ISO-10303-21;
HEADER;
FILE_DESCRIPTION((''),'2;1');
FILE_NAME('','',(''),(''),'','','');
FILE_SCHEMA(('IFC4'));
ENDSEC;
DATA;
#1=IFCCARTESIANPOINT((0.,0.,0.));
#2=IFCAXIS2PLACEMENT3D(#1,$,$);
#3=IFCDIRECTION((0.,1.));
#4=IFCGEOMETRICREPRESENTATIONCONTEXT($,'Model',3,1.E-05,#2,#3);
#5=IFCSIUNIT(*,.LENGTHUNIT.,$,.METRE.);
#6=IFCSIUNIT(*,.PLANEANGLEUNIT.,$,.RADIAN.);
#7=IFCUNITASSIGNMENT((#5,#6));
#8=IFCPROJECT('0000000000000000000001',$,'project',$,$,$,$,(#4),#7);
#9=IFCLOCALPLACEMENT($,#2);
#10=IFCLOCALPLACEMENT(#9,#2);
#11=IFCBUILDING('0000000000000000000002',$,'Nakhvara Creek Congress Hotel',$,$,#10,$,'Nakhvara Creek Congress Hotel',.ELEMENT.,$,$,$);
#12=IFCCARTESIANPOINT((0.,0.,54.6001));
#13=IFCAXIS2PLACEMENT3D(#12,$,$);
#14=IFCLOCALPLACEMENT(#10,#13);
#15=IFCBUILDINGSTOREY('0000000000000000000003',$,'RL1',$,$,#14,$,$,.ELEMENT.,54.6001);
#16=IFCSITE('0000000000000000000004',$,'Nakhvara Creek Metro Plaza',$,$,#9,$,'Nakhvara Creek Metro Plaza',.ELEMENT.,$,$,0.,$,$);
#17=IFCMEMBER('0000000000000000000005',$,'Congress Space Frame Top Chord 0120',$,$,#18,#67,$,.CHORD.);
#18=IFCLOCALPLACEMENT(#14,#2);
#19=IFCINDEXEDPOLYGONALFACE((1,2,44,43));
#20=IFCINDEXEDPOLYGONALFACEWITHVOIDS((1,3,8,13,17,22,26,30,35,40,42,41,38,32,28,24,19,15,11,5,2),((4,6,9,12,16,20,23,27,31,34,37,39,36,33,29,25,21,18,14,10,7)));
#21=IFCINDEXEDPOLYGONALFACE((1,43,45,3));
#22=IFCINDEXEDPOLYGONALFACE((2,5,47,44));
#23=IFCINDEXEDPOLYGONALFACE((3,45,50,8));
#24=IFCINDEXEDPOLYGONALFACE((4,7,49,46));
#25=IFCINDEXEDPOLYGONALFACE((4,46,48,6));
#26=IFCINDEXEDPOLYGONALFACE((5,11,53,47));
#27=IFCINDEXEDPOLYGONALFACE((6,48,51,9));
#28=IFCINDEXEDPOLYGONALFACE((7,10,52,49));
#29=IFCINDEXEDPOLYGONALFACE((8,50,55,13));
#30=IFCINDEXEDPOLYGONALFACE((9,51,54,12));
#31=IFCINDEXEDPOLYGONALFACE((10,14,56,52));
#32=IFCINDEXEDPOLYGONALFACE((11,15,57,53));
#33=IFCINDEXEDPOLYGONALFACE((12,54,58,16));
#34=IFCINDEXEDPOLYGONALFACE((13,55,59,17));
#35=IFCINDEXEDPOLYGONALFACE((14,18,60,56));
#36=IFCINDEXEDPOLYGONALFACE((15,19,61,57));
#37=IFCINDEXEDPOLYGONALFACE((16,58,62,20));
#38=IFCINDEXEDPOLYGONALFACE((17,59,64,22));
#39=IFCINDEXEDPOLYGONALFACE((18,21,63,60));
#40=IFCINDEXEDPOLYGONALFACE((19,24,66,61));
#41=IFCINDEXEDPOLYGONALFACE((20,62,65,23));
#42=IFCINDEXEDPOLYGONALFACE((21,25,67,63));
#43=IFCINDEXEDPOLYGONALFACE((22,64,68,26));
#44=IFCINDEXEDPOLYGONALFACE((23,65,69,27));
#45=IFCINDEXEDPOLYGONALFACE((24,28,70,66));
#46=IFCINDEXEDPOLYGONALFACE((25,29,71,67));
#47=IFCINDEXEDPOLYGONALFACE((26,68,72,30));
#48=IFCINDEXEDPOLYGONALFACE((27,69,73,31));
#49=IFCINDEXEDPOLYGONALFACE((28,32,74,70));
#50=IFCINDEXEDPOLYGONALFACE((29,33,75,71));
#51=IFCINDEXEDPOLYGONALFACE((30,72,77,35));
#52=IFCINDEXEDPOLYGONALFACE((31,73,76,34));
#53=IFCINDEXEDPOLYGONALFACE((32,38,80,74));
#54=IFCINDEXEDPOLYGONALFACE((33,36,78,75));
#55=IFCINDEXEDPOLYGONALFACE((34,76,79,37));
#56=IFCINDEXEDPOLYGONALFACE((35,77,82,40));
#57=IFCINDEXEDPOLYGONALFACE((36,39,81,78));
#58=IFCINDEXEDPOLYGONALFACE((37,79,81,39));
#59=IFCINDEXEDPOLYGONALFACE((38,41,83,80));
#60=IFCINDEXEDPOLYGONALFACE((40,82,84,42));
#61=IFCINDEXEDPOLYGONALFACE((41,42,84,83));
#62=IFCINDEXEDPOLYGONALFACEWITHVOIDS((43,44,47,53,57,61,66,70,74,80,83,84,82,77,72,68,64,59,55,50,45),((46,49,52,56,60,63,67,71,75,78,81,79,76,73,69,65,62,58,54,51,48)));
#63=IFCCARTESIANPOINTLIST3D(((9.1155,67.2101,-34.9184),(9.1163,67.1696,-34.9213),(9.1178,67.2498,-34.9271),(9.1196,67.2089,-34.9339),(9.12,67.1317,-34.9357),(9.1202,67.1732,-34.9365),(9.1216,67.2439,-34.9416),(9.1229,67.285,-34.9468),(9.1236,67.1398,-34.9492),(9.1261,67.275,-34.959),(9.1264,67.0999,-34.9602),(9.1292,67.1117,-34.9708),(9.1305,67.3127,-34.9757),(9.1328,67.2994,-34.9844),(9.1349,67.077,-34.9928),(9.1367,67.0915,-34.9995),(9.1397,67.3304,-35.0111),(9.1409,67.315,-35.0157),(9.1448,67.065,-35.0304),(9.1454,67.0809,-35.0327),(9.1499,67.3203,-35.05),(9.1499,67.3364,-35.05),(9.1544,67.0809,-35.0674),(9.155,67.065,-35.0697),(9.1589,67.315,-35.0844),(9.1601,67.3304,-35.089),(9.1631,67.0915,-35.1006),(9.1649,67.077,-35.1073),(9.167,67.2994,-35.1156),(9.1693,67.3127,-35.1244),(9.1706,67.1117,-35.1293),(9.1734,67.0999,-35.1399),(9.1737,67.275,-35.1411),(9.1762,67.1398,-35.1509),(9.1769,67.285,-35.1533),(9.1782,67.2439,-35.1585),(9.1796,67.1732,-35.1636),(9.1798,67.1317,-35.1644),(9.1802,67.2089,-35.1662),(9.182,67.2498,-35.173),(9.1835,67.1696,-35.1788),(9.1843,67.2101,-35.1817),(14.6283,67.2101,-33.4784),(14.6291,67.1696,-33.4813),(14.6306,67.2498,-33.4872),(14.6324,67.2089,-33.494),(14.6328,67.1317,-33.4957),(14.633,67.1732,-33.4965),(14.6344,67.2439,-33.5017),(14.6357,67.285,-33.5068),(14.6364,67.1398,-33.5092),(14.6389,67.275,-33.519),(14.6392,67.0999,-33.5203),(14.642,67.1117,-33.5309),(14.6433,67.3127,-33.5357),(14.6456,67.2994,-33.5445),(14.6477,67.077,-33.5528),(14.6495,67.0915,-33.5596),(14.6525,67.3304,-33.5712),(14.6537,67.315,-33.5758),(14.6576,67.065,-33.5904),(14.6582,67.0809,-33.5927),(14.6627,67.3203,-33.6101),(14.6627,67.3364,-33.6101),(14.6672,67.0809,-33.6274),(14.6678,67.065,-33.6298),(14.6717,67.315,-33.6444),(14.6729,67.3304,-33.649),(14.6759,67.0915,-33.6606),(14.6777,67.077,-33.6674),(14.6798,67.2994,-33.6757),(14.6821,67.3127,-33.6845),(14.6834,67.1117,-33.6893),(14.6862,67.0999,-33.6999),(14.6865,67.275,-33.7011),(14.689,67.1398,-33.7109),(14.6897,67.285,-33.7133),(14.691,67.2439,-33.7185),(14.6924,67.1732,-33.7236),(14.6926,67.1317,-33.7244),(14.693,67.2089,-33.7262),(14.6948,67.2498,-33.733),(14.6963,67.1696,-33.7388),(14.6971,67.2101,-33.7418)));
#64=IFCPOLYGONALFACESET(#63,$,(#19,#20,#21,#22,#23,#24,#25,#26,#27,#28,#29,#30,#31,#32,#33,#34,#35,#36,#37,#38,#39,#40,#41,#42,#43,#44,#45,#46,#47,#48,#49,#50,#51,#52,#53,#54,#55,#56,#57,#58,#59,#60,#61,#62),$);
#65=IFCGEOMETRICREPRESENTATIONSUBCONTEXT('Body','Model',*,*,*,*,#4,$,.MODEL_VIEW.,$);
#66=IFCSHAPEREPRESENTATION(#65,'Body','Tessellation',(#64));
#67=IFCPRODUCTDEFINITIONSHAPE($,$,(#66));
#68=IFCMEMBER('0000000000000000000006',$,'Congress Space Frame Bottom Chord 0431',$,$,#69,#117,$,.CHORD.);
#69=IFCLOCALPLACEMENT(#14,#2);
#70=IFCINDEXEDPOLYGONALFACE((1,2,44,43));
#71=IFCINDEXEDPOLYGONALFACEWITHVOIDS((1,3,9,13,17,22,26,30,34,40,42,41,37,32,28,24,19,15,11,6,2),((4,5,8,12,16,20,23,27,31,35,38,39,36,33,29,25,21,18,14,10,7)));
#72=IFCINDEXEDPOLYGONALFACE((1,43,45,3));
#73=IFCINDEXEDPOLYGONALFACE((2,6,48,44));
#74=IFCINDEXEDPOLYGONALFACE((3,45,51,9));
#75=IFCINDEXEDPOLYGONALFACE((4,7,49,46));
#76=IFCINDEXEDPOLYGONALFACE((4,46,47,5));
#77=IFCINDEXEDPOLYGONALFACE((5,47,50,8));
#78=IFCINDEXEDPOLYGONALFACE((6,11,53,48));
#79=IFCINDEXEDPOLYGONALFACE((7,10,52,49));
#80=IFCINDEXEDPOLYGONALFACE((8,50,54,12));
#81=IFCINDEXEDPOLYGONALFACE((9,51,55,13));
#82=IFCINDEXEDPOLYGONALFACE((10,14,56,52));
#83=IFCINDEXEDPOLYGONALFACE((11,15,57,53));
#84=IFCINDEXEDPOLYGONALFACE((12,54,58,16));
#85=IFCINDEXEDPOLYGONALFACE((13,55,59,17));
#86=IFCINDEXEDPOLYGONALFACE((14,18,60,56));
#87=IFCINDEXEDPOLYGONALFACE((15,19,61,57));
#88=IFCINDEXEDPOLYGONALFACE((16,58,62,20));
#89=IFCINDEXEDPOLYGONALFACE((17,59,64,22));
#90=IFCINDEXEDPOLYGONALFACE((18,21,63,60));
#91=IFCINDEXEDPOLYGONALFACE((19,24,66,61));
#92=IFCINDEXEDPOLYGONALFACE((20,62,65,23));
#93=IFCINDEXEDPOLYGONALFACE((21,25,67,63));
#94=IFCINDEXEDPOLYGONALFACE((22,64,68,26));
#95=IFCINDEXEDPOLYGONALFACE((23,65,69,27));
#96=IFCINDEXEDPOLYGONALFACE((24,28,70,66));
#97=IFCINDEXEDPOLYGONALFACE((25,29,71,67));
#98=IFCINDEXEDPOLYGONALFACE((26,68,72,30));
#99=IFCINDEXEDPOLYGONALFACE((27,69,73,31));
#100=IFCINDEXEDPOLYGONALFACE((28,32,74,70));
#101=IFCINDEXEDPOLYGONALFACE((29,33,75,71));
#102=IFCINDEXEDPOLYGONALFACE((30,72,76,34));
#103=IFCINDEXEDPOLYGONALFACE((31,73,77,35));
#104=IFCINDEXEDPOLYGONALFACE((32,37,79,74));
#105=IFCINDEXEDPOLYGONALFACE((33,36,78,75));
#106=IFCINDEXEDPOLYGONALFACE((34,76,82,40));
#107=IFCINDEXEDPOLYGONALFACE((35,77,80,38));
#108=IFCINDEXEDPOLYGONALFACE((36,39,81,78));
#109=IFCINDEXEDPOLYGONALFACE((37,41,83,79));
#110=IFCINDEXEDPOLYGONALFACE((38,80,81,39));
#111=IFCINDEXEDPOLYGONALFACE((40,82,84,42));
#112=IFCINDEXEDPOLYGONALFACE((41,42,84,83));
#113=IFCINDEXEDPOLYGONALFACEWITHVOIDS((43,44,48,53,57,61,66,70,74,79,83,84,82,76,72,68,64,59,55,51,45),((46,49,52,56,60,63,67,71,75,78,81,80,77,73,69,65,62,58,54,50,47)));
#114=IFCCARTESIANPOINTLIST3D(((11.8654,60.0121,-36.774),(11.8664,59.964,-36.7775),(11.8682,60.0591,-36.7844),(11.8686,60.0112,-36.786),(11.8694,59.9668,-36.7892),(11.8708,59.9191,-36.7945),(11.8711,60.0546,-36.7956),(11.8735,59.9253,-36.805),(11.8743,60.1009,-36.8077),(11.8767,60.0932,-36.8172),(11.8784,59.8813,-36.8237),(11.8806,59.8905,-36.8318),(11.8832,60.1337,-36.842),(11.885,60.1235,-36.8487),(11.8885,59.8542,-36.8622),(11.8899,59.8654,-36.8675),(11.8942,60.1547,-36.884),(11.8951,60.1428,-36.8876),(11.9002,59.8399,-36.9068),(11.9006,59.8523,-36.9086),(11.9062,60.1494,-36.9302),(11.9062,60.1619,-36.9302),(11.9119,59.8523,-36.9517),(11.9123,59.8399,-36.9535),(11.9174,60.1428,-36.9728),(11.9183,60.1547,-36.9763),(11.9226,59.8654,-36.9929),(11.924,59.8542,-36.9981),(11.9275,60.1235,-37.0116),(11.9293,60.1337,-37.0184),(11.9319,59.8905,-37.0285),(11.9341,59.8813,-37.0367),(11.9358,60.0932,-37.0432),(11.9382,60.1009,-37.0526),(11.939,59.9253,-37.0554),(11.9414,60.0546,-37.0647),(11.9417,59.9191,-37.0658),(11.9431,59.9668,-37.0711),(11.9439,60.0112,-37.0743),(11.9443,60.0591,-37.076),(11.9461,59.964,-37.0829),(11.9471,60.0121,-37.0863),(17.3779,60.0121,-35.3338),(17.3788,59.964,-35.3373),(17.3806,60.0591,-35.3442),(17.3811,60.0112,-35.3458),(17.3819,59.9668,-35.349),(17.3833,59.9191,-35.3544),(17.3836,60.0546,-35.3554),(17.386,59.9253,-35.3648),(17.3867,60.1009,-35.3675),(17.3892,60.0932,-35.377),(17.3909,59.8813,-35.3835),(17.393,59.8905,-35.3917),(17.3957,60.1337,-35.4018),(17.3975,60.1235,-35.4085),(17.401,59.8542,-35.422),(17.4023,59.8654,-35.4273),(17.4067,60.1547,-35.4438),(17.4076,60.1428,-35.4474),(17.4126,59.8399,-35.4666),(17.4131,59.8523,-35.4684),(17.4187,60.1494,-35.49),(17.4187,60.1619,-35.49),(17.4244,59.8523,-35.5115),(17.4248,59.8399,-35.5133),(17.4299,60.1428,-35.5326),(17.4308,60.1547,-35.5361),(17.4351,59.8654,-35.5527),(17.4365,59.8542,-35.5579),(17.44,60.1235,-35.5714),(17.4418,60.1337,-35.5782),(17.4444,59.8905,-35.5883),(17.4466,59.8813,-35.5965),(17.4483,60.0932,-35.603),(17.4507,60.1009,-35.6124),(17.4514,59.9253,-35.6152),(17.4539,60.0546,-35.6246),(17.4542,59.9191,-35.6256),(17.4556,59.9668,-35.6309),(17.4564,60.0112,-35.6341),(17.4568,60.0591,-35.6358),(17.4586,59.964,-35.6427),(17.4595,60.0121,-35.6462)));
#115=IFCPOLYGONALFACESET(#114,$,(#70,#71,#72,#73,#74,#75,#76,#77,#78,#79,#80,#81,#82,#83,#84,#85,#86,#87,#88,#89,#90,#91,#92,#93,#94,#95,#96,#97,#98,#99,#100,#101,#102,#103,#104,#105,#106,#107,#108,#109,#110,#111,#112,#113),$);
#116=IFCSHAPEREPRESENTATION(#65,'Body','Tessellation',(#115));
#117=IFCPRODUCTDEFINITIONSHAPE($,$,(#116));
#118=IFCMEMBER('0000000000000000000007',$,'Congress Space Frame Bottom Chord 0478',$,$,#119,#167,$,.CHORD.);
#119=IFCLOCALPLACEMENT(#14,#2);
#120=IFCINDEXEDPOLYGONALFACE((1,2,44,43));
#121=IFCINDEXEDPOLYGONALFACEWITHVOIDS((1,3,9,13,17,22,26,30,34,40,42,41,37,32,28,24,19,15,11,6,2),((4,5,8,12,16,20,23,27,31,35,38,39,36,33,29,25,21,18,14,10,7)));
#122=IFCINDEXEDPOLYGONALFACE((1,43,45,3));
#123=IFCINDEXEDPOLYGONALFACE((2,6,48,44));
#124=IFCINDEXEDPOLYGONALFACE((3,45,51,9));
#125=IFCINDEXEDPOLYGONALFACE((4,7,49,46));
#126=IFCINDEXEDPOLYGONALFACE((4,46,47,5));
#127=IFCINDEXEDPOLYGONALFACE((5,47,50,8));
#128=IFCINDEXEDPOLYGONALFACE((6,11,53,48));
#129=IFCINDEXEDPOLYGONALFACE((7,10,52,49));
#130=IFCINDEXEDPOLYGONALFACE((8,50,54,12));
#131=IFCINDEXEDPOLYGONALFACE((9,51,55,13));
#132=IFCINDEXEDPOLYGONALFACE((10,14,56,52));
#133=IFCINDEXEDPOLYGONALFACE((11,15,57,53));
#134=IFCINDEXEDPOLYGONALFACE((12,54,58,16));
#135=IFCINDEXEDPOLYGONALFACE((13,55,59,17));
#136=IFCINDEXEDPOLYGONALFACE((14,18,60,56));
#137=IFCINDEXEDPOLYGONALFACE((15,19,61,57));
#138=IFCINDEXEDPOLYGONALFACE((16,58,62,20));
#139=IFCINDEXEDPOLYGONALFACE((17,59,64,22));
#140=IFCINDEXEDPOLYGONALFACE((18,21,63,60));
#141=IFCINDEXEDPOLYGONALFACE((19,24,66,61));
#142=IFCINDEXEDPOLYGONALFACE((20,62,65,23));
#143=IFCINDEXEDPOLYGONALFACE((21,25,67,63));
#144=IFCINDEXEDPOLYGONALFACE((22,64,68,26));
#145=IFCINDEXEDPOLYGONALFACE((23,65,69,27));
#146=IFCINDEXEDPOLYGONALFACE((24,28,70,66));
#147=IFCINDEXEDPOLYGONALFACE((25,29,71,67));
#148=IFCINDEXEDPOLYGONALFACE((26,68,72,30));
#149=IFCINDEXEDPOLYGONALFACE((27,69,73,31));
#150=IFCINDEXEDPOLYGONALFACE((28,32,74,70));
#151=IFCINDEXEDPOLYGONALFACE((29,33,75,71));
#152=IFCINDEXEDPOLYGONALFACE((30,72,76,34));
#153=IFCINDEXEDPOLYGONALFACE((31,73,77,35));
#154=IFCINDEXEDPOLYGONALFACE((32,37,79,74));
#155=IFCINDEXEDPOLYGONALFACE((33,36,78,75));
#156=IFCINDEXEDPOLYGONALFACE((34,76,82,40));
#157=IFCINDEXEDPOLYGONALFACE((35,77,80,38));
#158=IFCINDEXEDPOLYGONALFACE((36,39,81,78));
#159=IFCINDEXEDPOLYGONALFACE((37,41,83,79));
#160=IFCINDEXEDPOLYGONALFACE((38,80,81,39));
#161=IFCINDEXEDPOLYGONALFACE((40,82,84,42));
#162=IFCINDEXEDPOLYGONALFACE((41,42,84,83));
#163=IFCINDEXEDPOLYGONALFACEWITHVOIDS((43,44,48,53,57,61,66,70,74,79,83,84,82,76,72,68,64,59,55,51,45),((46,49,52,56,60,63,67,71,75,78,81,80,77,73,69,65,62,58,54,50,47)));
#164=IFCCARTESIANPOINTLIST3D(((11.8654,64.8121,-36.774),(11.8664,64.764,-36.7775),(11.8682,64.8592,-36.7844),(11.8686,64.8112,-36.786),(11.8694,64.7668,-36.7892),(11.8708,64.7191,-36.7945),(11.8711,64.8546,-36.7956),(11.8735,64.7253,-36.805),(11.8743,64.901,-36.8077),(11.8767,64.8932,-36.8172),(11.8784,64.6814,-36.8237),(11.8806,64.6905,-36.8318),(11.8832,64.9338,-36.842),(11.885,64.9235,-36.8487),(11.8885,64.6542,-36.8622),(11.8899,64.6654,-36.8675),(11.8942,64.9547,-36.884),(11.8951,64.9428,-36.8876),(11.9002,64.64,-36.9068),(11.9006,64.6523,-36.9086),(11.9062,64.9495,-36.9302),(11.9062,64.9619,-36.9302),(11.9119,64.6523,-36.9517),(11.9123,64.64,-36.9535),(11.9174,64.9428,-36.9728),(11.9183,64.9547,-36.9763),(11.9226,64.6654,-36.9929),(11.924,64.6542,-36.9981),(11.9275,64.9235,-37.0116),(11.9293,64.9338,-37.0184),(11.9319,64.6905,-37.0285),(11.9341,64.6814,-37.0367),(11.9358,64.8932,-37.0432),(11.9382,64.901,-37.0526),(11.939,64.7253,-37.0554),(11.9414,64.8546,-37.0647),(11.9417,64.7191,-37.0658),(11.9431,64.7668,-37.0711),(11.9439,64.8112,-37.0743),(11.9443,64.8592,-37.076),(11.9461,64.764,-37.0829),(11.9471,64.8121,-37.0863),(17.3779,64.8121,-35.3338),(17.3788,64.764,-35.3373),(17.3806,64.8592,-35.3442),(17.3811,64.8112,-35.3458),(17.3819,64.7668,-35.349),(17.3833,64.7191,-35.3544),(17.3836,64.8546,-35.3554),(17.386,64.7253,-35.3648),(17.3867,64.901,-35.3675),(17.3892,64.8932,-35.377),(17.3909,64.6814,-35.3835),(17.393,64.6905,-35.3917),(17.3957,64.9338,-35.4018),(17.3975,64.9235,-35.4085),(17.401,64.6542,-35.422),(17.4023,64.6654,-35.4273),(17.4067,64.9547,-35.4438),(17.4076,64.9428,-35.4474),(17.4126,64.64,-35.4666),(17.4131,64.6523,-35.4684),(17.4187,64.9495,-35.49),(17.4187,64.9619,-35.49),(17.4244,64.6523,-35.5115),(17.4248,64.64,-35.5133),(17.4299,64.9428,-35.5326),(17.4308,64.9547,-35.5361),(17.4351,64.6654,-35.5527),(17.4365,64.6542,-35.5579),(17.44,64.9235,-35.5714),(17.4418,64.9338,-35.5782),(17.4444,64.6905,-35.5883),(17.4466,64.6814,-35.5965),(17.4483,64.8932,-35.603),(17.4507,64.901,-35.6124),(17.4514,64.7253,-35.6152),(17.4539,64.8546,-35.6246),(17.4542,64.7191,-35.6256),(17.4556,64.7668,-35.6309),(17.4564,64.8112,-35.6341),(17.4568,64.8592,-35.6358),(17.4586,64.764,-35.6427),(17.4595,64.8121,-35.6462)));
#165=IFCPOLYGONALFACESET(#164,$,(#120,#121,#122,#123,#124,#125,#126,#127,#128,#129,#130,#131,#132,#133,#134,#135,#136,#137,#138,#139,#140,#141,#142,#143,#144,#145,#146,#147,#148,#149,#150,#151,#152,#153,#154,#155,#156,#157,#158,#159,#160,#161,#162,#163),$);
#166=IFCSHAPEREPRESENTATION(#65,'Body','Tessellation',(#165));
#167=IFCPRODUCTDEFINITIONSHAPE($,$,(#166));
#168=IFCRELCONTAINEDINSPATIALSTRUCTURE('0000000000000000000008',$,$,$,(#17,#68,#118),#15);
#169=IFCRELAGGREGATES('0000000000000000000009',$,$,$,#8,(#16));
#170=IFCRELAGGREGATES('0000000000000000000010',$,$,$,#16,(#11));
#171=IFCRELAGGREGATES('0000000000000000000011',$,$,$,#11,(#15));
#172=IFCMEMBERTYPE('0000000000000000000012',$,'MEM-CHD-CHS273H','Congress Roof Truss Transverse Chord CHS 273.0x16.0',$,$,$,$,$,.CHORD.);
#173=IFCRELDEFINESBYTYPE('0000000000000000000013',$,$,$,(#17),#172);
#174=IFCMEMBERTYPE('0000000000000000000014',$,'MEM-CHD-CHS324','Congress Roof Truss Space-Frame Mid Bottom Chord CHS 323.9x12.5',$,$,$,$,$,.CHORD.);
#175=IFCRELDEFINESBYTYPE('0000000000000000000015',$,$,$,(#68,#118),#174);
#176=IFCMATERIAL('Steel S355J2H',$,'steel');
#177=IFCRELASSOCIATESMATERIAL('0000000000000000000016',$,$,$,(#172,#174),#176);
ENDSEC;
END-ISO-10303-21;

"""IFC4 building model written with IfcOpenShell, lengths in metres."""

from ifc_helpers import new_model, si_unit, direction, frame, origin, origin_2d, place, context, subcontext, project, spatial, hollow_circle, extrude, material, material_profile, profile_set, type_object, element, save


model = new_model("IFC4")

# Units and contexts
model_context = context("Model", 3, precision=1e-05, world=origin(), true_north=direction((0.0, 1.0)))
body_context = subcontext(model_context, "Body", "Model", "MODEL_VIEW")
ifc_project = project(units=[si_unit("LENGTHUNIT", "METRE"), si_unit("PLANEANGLEUNIT", "RADIAN")], contexts=[model_context])

# Site, building, storey
site_placement = place(None, origin())
site = spatial("IfcSite", under=ifc_project, at=site_placement, Name="Nakhvara Creek Metro Plaza", LongName="Nakhvara Creek Metro Plaza", CompositionType="ELEMENT", RefElevation=0.0)
building_placement = place(site_placement, origin())
building = spatial("IfcBuilding", under=site, at=building_placement, Name="Nakhvara Creek Congress Hotel", LongName="Nakhvara Creek Congress Hotel", CompositionType="ELEMENT")
storey_placement = place(building_placement, frame((0.0, 0.0, 54.6001)))
storey = spatial("IfcBuildingStorey", under=building, at=storey_placement, Name="RL1", CompositionType="ELEMENT", Elevation=54.6001)

# Members
ifc_material_1 = material(Name="Steel S355J2H", Category="steel")
ifc_material_profile_1 = material_profile(ifc_material_1, hollow_circle(Radius=0.1365, WallThickness=0.0161, at=origin_2d()), Name="CHS 273.0x16.0", Category="LoadBearing")
ifc_profile_set_1 = profile_set([ifc_material_profile_1], Name="Steel S355J2H")
member_type_1 = type_object("IfcMemberType", Name="MEM-CHD-CHS273H", Description="Congress Roof Truss Transverse Chord CHS 273.0x16.0", PredefinedType="CHORD", material=ifc_profile_set_1)
for number, where, z_axis, x_axis, name in (
    (1, (9.1499, 67.2, -35.05), (0.967538, 0.0, 0.252725), (0.0, 1.0, 0.0), "Congress Space Frame Top Chord 0120"),
):
    element("IfcMember", number, at=place(storey_placement, frame(where, z_axis=z_axis, x_axis=x_axis)), inside=storey, type_object=member_type_1, Name=name, PredefinedType="CHORD", context=body_context, shape_type="SweptSolid", body=[
        extrude(hollow_circle(Radius=0.1365, WallThickness=0.0161, at=origin_2d()), origin(), (0.0, 0.0, 1.0), 5.6978),
    ])
ifc_material_profile_2 = material_profile(ifc_material_1, hollow_circle(Radius=0.1619, WallThickness=0.0125, at=origin_2d()), Name="CHS 323.9x12.5", Category="LoadBearing")
ifc_profile_set_2 = profile_set([ifc_material_profile_2], Name="Steel S355J2H")
member_type_2 = type_object("IfcMemberType", Name="MEM-CHD-CHS324", Description="Congress Roof Truss Space-Frame Mid Bottom Chord CHS 323.9x12.5", PredefinedType="CHORD", material=ifc_profile_set_2)
for number, where, z_axis, x_axis, name in (
    (2, (11.9062, 60.0, -36.9302), (0.967525, 0.0, 0.252776), (0.0, 1.0, 0.0), "Congress Space Frame Bottom Chord 0431"),
    (3, (11.9062, 64.8, -36.9302), (0.967525, 0.0, 0.252776), (0.0, 1.0, 0.0), "Congress Space Frame Bottom Chord 0478"),
):
    element("IfcMember", number, at=place(storey_placement, frame(where, z_axis=z_axis, x_axis=x_axis)), inside=storey, type_object=member_type_2, Name=name, PredefinedType="CHORD", context=body_context, shape_type="SweptSolid", body=[
        extrude(hollow_circle(Radius=0.1619, WallThickness=0.0125, at=origin_2d()), origin(), (0.0, 0.0, 1.0), 5.6975),
    ])

save(model, "model.ifc")
